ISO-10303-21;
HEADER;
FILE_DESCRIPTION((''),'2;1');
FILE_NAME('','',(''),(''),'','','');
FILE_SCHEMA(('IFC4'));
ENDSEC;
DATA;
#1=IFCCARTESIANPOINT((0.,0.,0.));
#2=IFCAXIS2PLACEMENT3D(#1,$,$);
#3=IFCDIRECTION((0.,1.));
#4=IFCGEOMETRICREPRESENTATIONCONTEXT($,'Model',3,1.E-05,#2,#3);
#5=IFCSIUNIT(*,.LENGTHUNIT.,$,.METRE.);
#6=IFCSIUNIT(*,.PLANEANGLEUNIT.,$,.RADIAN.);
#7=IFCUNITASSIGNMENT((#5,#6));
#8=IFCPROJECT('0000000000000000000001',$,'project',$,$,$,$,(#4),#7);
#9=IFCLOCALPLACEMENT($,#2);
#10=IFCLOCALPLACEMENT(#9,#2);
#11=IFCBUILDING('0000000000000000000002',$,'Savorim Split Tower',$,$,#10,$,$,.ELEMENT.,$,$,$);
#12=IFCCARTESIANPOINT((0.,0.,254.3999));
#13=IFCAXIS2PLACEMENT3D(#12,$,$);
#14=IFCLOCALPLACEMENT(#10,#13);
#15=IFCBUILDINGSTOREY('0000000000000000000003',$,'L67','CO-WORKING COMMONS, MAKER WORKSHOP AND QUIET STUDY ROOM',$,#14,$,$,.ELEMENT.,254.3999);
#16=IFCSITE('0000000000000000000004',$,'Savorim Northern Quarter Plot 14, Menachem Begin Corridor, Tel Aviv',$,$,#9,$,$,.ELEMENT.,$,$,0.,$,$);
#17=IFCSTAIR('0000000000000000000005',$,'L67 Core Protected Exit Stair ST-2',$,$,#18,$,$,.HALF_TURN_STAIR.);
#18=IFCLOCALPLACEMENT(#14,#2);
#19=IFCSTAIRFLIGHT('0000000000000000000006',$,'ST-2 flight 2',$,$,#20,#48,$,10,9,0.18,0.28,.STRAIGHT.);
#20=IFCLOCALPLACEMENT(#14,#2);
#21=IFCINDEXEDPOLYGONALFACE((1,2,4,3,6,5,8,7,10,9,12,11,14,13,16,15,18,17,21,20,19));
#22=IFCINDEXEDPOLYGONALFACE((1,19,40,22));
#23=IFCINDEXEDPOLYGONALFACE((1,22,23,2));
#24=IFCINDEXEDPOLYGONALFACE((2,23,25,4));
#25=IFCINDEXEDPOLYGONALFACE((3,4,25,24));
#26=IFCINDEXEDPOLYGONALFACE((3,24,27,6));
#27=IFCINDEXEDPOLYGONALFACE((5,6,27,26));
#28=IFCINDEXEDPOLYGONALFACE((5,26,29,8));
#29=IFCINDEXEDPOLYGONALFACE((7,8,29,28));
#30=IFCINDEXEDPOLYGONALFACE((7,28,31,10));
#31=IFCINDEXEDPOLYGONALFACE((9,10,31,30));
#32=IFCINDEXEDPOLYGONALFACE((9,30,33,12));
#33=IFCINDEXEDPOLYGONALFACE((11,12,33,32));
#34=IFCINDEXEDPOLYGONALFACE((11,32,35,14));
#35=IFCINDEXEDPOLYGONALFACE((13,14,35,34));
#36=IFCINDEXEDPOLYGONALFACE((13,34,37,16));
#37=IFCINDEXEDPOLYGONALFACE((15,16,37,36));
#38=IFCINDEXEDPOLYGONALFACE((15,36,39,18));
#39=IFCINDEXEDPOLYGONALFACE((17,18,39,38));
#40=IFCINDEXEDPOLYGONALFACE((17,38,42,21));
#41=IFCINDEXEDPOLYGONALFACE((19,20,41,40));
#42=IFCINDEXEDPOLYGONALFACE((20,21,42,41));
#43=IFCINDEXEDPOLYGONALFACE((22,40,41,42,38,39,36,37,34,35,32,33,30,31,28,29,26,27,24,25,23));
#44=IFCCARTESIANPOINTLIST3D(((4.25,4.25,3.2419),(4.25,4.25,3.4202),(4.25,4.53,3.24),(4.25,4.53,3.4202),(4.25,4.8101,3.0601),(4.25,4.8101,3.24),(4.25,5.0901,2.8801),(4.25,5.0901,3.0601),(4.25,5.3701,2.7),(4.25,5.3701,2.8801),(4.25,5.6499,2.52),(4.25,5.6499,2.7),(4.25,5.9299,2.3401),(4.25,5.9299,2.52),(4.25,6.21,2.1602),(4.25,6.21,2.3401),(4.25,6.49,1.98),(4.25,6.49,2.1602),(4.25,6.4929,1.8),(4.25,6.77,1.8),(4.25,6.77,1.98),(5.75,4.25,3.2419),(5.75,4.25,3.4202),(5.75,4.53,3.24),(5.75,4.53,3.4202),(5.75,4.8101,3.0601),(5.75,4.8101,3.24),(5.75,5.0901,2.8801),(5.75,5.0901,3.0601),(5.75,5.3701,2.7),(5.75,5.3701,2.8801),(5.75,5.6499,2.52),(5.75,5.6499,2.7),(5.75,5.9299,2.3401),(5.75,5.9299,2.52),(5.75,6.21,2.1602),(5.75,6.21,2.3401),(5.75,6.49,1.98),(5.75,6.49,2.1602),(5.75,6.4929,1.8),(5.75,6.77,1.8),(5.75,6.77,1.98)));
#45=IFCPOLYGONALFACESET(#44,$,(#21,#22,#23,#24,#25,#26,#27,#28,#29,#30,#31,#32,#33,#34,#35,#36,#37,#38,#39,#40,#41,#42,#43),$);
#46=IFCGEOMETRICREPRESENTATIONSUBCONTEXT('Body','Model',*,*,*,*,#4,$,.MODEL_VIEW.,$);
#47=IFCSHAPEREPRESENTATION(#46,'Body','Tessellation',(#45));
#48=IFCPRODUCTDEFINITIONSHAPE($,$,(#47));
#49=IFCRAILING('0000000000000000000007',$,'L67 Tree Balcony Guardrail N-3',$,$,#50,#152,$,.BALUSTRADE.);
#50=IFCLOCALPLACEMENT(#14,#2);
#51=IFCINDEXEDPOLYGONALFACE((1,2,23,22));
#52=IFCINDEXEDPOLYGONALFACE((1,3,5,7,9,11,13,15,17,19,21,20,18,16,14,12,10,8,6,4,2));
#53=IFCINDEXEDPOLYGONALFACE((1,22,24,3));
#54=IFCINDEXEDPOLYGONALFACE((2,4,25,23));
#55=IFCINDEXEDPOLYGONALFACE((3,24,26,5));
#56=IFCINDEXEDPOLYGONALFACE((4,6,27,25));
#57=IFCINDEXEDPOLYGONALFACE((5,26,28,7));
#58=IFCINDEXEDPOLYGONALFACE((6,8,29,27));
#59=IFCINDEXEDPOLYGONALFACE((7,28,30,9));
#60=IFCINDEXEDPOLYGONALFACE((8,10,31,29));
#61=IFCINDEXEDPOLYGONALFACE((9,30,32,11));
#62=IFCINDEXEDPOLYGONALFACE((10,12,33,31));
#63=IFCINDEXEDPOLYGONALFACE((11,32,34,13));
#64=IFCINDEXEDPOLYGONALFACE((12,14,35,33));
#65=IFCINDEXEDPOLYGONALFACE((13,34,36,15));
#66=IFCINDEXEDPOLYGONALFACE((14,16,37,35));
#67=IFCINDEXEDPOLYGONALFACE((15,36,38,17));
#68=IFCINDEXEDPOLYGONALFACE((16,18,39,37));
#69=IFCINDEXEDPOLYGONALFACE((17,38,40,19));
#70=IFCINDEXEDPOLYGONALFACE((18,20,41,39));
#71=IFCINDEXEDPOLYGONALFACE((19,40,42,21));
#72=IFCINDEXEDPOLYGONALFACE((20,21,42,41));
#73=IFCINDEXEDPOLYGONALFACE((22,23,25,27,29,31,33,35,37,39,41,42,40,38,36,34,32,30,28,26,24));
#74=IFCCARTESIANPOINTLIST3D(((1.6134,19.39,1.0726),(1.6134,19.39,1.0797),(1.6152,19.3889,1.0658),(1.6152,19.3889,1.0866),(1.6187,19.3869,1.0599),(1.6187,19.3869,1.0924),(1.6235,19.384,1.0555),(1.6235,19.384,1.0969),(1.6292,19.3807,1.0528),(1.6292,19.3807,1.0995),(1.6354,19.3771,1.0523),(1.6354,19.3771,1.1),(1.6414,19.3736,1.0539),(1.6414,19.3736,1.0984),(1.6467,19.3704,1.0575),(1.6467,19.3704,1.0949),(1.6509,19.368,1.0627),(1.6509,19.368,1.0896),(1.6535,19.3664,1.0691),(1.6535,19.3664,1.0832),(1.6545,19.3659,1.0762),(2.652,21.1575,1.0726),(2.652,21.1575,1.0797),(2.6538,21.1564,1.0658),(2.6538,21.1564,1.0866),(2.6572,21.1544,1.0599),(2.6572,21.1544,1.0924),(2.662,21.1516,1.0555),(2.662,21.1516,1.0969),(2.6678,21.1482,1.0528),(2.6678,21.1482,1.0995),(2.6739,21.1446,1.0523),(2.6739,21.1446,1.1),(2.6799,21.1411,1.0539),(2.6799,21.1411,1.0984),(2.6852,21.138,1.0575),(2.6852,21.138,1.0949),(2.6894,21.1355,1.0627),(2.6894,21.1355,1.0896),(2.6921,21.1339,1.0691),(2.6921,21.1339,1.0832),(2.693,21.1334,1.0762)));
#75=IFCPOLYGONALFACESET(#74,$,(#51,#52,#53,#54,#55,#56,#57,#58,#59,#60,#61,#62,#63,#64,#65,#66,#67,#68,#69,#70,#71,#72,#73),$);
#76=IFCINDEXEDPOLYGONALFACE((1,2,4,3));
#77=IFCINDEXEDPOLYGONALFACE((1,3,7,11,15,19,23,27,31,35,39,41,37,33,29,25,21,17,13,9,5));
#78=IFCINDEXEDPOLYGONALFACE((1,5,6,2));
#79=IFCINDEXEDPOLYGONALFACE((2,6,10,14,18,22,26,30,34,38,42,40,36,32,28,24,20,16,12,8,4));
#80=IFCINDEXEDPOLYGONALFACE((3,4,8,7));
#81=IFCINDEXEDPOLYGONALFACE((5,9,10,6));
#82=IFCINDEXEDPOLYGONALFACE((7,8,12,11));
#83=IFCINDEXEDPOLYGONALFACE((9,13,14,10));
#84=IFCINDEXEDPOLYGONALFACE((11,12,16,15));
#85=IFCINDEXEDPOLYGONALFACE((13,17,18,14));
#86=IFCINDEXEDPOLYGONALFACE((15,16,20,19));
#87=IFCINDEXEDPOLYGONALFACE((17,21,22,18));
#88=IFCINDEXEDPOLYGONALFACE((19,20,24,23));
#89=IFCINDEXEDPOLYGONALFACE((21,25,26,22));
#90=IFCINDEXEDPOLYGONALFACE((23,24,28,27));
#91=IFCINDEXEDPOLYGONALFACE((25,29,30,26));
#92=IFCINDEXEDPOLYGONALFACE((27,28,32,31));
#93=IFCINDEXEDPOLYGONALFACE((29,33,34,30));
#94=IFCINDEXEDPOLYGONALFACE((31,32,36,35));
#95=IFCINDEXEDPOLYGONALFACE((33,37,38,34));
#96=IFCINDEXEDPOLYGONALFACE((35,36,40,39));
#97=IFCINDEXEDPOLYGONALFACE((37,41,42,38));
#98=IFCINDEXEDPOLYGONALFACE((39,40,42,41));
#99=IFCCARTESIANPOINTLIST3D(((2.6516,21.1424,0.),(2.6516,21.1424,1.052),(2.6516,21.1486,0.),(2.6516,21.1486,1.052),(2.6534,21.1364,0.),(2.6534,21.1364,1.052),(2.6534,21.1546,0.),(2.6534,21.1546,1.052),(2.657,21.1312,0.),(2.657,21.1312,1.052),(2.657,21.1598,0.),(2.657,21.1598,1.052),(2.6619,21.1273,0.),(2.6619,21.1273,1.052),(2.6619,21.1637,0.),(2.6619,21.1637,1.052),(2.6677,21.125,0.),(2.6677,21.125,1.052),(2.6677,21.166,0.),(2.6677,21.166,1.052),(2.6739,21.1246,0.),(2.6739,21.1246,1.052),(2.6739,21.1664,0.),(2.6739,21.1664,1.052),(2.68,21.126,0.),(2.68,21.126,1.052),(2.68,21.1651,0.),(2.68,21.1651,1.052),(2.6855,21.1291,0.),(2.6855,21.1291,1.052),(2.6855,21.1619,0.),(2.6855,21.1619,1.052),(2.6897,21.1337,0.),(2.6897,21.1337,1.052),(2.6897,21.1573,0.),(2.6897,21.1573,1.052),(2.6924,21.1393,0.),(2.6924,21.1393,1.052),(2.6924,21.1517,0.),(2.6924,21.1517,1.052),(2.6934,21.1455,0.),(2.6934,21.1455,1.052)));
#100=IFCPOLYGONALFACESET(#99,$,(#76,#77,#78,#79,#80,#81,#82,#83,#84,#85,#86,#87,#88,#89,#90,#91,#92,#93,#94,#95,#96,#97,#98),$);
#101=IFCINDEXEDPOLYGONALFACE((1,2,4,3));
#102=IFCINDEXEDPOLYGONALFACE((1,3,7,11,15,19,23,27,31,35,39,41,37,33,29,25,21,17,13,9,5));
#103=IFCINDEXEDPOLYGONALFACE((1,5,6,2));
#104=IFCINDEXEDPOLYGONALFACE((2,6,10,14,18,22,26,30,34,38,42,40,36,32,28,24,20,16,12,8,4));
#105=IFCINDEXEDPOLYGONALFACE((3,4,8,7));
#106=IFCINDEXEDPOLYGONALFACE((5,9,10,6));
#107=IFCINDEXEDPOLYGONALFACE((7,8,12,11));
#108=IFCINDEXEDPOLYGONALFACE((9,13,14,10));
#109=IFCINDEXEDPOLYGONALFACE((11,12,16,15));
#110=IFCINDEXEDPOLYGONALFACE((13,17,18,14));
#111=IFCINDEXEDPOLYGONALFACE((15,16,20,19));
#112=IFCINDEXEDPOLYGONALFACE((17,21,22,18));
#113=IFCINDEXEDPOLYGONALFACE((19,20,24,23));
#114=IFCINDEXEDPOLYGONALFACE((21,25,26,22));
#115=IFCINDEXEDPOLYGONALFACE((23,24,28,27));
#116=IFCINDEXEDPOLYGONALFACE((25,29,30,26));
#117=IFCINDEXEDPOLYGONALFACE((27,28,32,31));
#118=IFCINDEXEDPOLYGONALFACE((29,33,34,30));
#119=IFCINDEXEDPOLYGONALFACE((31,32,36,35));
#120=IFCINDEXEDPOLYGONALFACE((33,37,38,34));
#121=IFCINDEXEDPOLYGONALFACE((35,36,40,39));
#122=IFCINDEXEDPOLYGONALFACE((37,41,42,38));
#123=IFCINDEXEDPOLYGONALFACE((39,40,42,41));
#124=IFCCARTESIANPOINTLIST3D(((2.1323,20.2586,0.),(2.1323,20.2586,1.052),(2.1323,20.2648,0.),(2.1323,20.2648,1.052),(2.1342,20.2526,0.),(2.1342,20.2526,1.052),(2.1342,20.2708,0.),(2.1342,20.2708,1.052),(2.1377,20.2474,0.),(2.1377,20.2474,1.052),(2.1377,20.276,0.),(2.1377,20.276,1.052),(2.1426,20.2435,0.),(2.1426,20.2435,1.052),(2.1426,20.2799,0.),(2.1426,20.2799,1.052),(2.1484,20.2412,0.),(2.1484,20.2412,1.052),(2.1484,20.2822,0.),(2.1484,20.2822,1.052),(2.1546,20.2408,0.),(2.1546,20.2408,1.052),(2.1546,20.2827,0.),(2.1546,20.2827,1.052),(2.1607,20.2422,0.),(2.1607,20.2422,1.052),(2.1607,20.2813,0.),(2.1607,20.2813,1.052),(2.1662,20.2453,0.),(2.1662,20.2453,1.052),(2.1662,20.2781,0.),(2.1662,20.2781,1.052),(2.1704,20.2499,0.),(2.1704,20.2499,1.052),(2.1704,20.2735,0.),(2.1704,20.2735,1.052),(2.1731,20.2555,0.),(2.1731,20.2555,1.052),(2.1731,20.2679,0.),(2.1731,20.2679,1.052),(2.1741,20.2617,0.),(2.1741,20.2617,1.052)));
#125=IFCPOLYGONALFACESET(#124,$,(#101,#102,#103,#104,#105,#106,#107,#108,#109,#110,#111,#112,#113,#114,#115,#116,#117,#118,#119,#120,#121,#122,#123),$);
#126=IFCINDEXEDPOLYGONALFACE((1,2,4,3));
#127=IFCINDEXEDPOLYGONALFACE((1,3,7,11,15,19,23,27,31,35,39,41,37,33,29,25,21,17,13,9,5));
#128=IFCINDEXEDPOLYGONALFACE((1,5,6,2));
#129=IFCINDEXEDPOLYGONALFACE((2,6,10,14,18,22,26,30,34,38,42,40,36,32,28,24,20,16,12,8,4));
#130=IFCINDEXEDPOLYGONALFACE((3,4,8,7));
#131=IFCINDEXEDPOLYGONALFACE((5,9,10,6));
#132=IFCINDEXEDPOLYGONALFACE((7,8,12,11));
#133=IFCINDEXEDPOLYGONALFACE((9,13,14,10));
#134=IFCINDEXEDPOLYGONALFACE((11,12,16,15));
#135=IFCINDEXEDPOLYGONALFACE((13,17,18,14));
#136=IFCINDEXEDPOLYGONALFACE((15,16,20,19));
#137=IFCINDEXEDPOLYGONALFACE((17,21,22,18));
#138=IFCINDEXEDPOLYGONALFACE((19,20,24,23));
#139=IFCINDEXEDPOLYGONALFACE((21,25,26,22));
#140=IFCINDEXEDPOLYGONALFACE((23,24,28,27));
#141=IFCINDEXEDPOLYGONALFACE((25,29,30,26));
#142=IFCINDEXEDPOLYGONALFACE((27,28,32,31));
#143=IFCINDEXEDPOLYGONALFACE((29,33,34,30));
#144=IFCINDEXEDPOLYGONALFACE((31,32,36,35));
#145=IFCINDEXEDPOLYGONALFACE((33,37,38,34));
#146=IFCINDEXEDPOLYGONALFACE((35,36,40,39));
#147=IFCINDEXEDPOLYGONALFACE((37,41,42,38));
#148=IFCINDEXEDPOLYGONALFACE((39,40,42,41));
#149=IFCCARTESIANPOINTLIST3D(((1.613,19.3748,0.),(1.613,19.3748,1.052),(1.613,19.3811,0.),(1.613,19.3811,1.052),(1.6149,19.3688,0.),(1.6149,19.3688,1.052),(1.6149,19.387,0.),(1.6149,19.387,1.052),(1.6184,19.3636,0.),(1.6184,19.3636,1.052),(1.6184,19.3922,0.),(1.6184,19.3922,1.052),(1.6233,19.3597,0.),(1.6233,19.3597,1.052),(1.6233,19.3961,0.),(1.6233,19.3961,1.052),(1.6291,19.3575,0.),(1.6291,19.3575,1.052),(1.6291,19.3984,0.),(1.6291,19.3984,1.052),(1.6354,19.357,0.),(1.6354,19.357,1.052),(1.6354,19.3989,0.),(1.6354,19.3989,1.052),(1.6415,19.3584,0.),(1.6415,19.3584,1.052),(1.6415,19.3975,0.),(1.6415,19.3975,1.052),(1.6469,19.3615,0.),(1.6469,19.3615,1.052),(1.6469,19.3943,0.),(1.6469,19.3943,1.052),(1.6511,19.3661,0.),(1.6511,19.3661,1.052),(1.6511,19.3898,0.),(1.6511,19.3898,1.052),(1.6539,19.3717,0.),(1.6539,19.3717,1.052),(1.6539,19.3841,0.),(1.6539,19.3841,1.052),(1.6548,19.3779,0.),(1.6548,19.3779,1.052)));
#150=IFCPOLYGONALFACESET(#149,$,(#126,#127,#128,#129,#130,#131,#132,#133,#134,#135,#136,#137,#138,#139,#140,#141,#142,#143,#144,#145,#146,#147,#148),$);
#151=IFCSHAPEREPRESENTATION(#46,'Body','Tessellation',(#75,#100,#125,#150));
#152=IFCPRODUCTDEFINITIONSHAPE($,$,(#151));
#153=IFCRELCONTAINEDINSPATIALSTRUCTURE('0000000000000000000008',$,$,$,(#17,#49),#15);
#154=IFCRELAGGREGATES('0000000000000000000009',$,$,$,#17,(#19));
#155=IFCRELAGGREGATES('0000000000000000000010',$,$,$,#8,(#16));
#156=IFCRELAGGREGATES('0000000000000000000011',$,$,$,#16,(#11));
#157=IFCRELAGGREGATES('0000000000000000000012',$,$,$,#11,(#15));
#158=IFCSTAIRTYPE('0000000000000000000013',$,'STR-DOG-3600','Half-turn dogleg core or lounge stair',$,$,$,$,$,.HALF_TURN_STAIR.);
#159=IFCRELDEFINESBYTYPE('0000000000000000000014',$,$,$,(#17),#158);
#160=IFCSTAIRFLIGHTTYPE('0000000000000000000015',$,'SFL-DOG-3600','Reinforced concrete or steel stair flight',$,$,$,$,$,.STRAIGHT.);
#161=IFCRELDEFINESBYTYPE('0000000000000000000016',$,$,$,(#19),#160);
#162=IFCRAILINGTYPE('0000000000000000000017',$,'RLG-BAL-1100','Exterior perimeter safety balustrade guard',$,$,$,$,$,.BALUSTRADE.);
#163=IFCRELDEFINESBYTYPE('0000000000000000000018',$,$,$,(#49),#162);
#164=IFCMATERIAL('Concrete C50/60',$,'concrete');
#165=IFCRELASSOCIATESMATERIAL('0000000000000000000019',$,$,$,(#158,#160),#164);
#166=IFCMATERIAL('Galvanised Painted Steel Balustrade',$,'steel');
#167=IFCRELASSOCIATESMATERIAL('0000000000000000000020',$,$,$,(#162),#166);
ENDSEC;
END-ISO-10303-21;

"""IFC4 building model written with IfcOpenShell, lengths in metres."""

from ifc_helpers import new_model, si_unit, direction, frame, origin, origin_2d, place, context, subcontext, project, spatial, polyline, circle, outline, extrude, material, type_object, element, aggregate, save


model = new_model("IFC4")

# Units and contexts
model_context = context("Model", 3, precision=1e-05, world=origin(), true_north=direction((0.0, 1.0)))
body_context = subcontext(model_context, "Body", "Model", "MODEL_VIEW")
ifc_project = project(units=[si_unit("LENGTHUNIT", "METRE"), si_unit("PLANEANGLEUNIT", "RADIAN")], contexts=[model_context])

# Site, building, storey
site_placement = place(None, origin())
site = spatial("IfcSite", under=ifc_project, at=site_placement, Name="Savorim Northern Quarter Plot 14, Menachem Begin Corridor, Tel Aviv", CompositionType="ELEMENT", RefElevation=0.0)
building_placement = place(site_placement, origin())
building = spatial("IfcBuilding", under=site, at=building_placement, Name="Savorim Split Tower", CompositionType="ELEMENT")
storey_placement = place(building_placement, frame((0.0, 0.0, 254.3999)))
storey = spatial("IfcBuildingStorey", under=building, at=storey_placement, Name="L67", Description="CO-WORKING COMMONS, MAKER WORKSHOP AND QUIET STUDY ROOM", CompositionType="ELEMENT", Elevation=254.3999)

# Stair, stair flight
ifc_material_1 = material(Name="Concrete C50/60", Category="concrete")
stair_type = type_object("IfcStairType", Name="STR-DOG-3600", Description="Half-turn dogleg core or lounge stair", PredefinedType="HALF_TURN_STAIR", material=ifc_material_1)
stair_placement = place(storey_placement, origin())
stair = element("IfcStair", 1, at=stair_placement, inside=storey, type_object=stair_type, Name="L67 Core Protected Exit Stair ST-2", PredefinedType="HALF_TURN_STAIR")
stair_flight_type = type_object("IfcStairFlightType", Name="SFL-DOG-3600", Description="Reinforced concrete or steel stair flight", PredefinedType="STRAIGHT", material=ifc_material_1)
stair_flight_placement = place(storey_placement, frame((5.0, 6.77, 1.8), z_axis=(0.0, 0.0, 1.0), x_axis=(0.0, -1.0, 0.0)))
stair_flight = element("IfcStairFlight", 2, at=stair_flight_placement, type_object=stair_flight_type, Name="ST-2 flight 2", NumberOfRisers=10, NumberOfTreads=9, PredefinedType="STRAIGHT", RiserHeight=0.18, TreadLength=0.28, context=body_context, shape_type="SweptSolid", body=[
    extrude(outline(polyline([(0.0, 0.0), (0.0, 0.1799), (0.28, 0.1799), (0.28, 0.3601), (0.5601, 0.3601), (0.5601, 0.54), (0.8401, 0.54), (0.8401, 0.72), (1.1201, 0.72), (1.1201, 0.8999), (1.3999, 0.8999), (1.3999, 1.0801), (1.6799, 1.0801), (1.6799, 1.26), (1.96, 1.26), (1.96, 1.4399), (2.24, 1.4399), (2.24, 1.6201), (2.52, 1.6201), (2.52, 1.8), (2.52, 1.4419), (0.2771, 0.0), (0.0, 0.0)])), frame((0.0, 0.75, 0.0), z_axis=(0.0, -1.0, 0.0), x_axis=(1.0, 0.0, 0.0)), (0.0, 0.0, 1.0), 1.5),
])
aggregate(stair, [stair_flight])

# Railing
ifc_material_2 = material(Name="Galvanised Painted Steel Balustrade", Category="steel")
railing_type_1 = type_object("IfcRailingType", Name="RLG-BAL-1100", Description="Exterior perimeter safety balustrade guard", PredefinedType="BALUSTRADE", material=ifc_material_2)
railing_1_placement = place(storey_placement, frame((2.6724, 21.1455, 0.0)))
element("IfcRailing", 3, at=railing_1_placement, inside=storey, type_object=railing_type_1, Name="L67 Tree Balcony Guardrail N-3", PredefinedType="BALUSTRADE", context=body_context, shape_type="SweptSolid", body=[
    extrude(circle(Radius=0.0239, at=origin_2d()), frame((0.0, 0.0, 1.0762), z_axis=(-0.506593, -0.862185, 0.0), x_axis=(0.862185, -0.506593, 0.0)), (0.0, 0.0, 1.0), 2.05),
    extrude(circle(Radius=0.021, at=origin_2d()), origin(), (0.0, 0.0, 1.0), 1.052),
    extrude(circle(Radius=0.021, at=origin_2d()), frame((-0.5193, -0.8838, 0.0)), (0.0, 0.0, 1.0), 1.052),
    extrude(circle(Radius=0.021, at=origin_2d()), frame((-1.0386, -1.7676, 0.0)), (0.0, 0.0, 1.0), 1.052),
])

save(model, "model.ifc")
